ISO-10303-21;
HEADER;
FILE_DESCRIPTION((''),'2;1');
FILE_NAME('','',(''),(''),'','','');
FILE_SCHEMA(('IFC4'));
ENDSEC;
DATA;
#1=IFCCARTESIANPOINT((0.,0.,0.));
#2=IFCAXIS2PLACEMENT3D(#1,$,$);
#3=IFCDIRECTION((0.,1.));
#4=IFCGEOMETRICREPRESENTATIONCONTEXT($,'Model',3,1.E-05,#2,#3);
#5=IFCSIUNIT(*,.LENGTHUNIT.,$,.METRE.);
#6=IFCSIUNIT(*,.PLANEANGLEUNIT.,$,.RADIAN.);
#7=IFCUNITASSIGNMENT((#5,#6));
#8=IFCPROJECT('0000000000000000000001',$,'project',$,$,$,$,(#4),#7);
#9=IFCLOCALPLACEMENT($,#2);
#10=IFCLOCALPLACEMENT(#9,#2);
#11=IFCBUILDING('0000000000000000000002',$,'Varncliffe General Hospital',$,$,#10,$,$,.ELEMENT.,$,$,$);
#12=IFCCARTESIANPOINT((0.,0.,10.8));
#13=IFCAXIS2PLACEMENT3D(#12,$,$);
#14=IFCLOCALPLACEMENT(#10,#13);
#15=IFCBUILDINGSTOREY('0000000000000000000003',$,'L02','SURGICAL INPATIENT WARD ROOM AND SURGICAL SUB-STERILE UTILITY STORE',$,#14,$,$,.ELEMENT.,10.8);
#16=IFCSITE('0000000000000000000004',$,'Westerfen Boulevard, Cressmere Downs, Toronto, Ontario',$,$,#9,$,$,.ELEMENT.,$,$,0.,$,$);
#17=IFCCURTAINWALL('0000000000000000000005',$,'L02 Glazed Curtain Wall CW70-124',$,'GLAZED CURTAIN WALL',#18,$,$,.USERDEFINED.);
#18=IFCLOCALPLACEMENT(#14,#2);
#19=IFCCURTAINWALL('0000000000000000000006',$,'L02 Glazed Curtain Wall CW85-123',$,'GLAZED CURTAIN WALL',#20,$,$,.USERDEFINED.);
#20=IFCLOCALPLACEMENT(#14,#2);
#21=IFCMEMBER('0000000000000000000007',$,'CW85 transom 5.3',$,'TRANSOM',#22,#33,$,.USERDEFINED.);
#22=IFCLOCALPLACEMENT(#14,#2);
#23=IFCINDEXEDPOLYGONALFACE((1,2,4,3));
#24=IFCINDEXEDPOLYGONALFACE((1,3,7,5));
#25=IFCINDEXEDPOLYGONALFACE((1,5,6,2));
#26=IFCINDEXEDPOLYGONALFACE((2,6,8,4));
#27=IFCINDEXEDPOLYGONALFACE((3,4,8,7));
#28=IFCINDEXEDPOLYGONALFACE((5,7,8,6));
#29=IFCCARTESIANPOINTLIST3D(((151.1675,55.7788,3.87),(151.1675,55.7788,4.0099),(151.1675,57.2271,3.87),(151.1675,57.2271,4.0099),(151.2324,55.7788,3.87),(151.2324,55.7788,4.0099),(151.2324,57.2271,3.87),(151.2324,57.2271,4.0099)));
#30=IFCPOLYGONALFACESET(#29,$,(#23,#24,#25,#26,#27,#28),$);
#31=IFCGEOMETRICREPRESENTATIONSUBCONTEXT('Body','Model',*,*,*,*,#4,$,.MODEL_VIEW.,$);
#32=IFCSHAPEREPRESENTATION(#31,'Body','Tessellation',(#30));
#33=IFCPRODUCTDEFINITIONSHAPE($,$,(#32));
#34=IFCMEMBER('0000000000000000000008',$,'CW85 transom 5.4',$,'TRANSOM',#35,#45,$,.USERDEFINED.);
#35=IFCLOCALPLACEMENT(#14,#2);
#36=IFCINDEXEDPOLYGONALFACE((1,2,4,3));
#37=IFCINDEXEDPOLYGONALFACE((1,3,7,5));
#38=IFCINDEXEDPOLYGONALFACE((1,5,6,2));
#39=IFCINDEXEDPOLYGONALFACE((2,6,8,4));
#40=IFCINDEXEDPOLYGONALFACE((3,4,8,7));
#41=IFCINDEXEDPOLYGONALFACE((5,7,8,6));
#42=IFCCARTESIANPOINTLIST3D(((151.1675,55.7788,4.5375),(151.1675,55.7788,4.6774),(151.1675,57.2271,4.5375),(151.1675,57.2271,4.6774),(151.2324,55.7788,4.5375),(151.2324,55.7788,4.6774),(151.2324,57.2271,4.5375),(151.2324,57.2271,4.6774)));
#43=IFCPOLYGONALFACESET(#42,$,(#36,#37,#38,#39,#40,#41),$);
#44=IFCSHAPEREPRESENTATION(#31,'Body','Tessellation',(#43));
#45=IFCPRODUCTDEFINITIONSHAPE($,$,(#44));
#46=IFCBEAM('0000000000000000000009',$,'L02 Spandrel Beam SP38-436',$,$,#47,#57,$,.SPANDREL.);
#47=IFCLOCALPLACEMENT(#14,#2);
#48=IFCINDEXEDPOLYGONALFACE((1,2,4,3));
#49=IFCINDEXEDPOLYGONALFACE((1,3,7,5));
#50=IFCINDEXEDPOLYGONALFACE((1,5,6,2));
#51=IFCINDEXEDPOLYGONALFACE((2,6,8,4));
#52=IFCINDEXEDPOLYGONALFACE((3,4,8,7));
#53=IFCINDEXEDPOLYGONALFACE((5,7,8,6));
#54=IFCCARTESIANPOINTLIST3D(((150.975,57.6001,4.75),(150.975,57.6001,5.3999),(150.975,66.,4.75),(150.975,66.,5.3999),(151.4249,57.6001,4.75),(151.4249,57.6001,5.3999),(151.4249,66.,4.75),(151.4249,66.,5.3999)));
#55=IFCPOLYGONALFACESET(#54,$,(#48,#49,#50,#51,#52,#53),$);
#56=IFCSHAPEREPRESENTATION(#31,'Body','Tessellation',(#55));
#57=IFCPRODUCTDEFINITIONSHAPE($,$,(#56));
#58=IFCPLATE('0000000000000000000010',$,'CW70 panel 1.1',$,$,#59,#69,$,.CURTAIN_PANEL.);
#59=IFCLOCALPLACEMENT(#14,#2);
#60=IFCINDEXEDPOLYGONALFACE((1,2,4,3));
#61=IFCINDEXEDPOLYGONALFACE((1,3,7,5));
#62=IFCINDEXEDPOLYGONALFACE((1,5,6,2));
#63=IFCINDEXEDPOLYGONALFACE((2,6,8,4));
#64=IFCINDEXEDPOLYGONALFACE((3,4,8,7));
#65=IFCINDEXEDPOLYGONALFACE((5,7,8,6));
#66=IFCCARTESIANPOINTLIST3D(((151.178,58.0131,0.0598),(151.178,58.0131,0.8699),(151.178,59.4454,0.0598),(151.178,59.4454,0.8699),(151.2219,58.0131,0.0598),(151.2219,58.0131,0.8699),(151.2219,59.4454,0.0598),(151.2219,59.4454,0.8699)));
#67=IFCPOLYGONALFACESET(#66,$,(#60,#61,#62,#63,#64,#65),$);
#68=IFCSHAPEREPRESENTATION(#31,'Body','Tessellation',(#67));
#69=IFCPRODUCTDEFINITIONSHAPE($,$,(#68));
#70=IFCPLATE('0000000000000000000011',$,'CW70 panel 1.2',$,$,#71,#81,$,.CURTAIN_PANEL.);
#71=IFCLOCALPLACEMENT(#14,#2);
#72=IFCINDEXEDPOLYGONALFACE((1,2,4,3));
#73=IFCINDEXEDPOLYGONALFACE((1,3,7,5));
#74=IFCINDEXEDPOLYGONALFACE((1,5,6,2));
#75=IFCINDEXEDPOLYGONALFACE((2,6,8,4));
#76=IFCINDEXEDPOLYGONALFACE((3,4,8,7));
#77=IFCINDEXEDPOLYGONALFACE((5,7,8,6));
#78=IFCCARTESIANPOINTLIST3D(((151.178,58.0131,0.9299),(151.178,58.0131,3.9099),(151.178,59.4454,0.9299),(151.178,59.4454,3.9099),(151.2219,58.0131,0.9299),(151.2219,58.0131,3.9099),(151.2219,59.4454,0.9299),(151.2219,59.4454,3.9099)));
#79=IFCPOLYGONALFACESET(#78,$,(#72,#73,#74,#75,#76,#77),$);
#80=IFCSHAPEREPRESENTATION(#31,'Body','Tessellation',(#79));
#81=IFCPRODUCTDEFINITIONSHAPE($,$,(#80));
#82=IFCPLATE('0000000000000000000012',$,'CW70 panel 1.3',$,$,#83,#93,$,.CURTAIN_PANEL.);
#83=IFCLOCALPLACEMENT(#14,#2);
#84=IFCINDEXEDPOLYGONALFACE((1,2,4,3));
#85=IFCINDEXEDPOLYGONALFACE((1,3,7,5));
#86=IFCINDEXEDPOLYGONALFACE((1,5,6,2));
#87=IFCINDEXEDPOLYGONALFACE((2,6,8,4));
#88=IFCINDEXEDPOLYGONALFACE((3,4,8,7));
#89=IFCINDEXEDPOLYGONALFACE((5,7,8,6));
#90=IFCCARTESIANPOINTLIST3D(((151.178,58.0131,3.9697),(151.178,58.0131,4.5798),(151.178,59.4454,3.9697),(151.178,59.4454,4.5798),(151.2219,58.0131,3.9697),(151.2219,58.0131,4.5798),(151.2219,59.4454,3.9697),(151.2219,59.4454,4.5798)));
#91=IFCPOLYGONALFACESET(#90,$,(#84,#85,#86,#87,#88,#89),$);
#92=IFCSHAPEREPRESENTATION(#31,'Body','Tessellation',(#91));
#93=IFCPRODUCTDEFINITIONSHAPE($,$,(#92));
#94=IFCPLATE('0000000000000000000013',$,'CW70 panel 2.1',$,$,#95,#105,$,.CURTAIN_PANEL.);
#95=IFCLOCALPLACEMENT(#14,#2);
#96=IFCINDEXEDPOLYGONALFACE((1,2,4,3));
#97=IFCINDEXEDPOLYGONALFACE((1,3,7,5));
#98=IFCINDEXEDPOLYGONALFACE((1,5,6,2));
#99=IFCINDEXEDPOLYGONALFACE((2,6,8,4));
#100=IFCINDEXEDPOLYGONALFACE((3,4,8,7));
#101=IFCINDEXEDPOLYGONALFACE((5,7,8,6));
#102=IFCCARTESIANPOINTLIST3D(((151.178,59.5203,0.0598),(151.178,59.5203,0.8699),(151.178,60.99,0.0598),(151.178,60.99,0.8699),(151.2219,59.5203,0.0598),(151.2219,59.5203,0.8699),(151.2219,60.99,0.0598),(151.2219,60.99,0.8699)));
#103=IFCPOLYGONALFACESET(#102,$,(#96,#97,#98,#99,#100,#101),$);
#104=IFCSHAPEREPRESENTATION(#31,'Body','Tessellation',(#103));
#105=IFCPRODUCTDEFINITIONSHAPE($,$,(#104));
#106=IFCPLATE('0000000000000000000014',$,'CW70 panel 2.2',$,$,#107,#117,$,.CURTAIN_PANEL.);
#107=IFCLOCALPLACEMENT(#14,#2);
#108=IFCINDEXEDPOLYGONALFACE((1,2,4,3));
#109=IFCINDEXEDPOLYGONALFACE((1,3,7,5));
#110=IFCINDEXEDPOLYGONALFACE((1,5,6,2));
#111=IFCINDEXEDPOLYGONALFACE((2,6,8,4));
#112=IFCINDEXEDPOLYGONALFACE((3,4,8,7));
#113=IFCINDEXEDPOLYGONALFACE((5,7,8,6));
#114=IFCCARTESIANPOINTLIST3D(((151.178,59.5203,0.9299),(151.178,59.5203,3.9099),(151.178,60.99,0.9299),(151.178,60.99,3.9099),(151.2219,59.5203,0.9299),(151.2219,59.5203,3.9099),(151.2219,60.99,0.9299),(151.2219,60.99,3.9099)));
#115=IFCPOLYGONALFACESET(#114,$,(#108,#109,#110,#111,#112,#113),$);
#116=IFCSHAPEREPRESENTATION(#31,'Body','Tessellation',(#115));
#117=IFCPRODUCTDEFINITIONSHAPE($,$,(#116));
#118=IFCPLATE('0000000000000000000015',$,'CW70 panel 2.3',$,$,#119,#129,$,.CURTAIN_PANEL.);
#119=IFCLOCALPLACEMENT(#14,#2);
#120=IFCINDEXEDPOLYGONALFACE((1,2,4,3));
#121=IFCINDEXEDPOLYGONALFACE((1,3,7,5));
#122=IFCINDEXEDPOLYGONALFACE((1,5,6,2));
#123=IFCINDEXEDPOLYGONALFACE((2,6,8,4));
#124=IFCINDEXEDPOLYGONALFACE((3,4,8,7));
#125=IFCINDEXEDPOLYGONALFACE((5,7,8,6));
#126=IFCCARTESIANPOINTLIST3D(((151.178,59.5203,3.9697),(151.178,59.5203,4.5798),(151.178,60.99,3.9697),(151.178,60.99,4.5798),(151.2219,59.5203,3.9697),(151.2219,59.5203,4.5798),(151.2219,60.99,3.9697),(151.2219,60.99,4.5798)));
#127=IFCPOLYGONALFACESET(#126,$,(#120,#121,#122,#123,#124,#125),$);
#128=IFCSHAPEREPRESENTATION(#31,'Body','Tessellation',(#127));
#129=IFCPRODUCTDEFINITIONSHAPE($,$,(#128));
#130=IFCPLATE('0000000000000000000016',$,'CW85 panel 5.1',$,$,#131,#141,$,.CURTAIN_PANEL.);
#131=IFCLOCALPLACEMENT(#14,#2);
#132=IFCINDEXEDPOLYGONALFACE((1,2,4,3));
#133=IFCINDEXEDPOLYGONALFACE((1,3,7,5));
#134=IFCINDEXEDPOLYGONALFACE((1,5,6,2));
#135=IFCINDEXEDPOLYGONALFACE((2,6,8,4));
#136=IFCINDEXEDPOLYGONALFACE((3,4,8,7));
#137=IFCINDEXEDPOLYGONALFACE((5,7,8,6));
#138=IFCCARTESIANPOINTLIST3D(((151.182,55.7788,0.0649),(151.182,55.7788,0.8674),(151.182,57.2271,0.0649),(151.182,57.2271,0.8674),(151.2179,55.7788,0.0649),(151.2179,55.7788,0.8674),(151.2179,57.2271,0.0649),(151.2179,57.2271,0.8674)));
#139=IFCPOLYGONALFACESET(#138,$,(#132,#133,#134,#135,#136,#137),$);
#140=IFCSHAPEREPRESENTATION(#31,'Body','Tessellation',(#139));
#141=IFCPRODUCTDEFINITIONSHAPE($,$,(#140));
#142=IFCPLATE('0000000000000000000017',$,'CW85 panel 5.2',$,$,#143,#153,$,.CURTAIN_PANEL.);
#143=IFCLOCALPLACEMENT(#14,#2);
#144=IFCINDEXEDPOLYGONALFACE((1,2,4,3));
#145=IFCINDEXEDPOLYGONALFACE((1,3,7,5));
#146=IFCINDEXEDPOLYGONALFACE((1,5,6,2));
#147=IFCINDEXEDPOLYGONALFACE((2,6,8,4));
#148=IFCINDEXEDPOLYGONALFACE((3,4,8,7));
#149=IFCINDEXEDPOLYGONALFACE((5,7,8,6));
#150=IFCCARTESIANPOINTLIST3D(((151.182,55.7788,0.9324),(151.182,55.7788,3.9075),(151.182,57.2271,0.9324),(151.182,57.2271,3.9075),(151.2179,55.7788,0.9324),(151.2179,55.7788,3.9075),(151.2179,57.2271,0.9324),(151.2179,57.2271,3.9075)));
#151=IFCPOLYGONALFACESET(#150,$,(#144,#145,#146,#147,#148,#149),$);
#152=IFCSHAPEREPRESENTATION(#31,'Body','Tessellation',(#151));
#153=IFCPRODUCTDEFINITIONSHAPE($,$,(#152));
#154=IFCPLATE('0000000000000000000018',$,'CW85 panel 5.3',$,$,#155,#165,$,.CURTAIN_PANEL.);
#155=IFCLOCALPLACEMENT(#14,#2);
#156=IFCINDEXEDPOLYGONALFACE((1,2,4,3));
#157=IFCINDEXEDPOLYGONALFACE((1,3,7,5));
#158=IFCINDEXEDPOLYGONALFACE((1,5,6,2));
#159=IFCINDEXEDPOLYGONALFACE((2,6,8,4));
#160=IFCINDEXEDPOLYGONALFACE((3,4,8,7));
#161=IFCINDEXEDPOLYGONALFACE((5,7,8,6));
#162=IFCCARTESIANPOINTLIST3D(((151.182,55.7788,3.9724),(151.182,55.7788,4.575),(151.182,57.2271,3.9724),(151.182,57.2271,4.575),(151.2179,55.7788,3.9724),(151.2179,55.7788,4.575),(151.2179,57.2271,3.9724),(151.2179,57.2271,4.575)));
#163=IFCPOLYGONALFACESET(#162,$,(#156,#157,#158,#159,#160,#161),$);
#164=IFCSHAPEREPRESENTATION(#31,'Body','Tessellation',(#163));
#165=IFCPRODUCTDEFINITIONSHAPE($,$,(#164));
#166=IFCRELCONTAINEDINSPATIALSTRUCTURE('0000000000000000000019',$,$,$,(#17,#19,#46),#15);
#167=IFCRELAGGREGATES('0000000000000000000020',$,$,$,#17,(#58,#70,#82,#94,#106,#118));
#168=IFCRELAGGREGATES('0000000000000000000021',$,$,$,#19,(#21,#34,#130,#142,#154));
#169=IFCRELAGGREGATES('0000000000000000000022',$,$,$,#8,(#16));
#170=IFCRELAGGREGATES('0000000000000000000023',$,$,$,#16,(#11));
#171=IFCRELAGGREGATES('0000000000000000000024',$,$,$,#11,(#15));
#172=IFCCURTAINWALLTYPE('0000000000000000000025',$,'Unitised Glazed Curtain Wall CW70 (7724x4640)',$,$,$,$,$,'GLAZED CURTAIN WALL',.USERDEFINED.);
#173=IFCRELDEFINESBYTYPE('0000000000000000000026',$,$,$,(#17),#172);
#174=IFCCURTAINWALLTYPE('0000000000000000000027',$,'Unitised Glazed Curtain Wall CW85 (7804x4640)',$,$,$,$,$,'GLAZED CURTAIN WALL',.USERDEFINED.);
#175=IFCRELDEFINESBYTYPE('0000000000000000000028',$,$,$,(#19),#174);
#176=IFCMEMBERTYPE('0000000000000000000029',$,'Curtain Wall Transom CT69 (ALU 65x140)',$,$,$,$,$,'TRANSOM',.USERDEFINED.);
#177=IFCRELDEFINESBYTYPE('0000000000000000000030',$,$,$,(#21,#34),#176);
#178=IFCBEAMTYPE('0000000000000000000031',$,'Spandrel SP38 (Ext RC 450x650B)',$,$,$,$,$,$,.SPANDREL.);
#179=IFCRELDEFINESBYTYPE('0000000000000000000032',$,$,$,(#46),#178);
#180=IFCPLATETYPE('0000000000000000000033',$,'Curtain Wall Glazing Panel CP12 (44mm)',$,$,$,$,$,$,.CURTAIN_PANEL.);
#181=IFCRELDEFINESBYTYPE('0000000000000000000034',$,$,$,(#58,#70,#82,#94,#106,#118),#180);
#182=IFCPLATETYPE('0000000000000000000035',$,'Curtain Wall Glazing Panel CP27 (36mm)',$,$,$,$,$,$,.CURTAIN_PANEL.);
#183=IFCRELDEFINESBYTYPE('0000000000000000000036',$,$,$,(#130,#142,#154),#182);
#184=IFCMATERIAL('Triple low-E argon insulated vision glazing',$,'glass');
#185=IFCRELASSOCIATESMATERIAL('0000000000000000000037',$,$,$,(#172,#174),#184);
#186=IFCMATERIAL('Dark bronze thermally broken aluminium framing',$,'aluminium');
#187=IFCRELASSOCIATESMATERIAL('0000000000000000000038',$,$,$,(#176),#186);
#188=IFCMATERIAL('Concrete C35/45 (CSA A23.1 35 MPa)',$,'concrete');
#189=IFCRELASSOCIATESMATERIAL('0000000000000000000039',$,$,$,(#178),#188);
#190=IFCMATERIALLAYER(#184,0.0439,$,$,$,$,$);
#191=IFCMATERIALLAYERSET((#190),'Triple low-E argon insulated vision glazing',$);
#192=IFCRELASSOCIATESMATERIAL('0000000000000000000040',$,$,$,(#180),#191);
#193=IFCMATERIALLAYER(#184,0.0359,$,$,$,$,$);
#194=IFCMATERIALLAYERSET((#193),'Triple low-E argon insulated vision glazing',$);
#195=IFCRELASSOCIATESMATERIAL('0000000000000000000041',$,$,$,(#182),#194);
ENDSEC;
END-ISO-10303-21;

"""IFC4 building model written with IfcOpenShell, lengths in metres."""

from ifc_helpers import new_model, si_unit, direction, frame, origin, origin_2d, place, context, subcontext, project, spatial, rectangle, extrude, material, layer, layer_set, material_profile, profile_set, type_object, element, aggregate, save


model = new_model("IFC4")

# Units and contexts
model_context = context("Model", 3, precision=1e-05, world=origin(), true_north=direction((0.0, 1.0)))
body_context = subcontext(model_context, "Body", "Model", "MODEL_VIEW")
ifc_project = project(units=[si_unit("LENGTHUNIT", "METRE"), si_unit("PLANEANGLEUNIT", "RADIAN")], contexts=[model_context])

# Site, building, storey
site_placement = place(None, origin())
site = spatial("IfcSite", under=ifc_project, at=site_placement, Name="Westerfen Boulevard, Cressmere Downs, Toronto, Ontario", CompositionType="ELEMENT", RefElevation=0.0)
building_placement = place(site_placement, origin())
building = spatial("IfcBuilding", under=site, at=building_placement, Name="Varncliffe General Hospital", CompositionType="ELEMENT")
storey_placement = place(building_placement, frame((0.0, 0.0, 10.8)))
storey = spatial("IfcBuildingStorey", under=building, at=storey_placement, Name="L02", Description="SURGICAL INPATIENT WARD ROOM AND SURGICAL SUB-STERILE UTILITY STORE", CompositionType="ELEMENT", Elevation=10.8)

# Shared definitions
ifc_material_1 = material(Name="Concrete C35/45 (CSA A23.1 35 MPa)", Category="concrete")

# Curtain wall
ifc_material_2 = material(Name="Triple low-E argon insulated vision glazing", Category="glass")
curtain_wall_type_1 = type_object("IfcCurtainWallType", Name="Unitised Glazed Curtain Wall CW70 (7724x4640)", ElementType="GLAZED CURTAIN WALL", PredefinedType="USERDEFINED", material=ifc_material_2)
curtain_wall_1_placement = place(storey_placement, origin())
curtain_wall_1 = element("IfcCurtainWall", 1, at=curtain_wall_1_placement, inside=storey, type_object=curtain_wall_type_1, Name="L02 Glazed Curtain Wall CW70-124", ObjectType="GLAZED CURTAIN WALL", PredefinedType="USERDEFINED")
ifc_material_3 = material(Name="Dark bronze thermally broken aluminium framing", Category="aluminium")

# Curtain wall
curtain_wall_type_2 = type_object("IfcCurtainWallType", Name="Unitised Glazed Curtain Wall CW85 (7804x4640)", ElementType="GLAZED CURTAIN WALL", PredefinedType="USERDEFINED", material=ifc_material_2)
curtain_wall_2_placement = place(storey_placement, origin())
curtain_wall_2 = element("IfcCurtainWall", 2, at=curtain_wall_2_placement, inside=storey, type_object=curtain_wall_type_2, Name="L02 Glazed Curtain Wall CW85-123", ObjectType="GLAZED CURTAIN WALL", PredefinedType="USERDEFINED")

# Members
ifc_material_profile_1 = material_profile(ifc_material_3, rectangle(XDim=0.0649, YDim=0.1399, at=origin_2d()), Name="ALU 65x140")
ifc_profile_set_1 = profile_set([ifc_material_profile_1], Name="Dark bronze thermally broken aluminium framing")
member_type_1 = type_object("IfcMemberType", Name="Curtain Wall Transom CT69 (ALU 65x140)", ElementType="TRANSOM", PredefinedType="USERDEFINED", material=ifc_profile_set_1)
member_1_placement = place(storey_placement, frame((151.2, 55.7788, 3.9399), z_axis=(0.0, 1.0, 0.0), x_axis=(-1.0, 0.0, 0.0)))
member_1 = element("IfcMember", 3, at=member_1_placement, type_object=member_type_1, Name="CW85 transom 5.3", ObjectType="TRANSOM", PredefinedType="USERDEFINED", context=body_context, shape_type="SweptSolid", body=[
    extrude(rectangle(XDim=0.0649, YDim=0.1399, at=origin_2d()), origin(), (0.0, 0.0, 1.0), 1.4482),
])
member_2_placement = place(storey_placement, frame((151.2, 55.7788, 4.6074), z_axis=(0.0, 1.0, 0.0), x_axis=(-1.0, 0.0, 0.0)))
member_2 = element("IfcMember", 4, at=member_2_placement, type_object=member_type_1, Name="CW85 transom 5.4", ObjectType="TRANSOM", PredefinedType="USERDEFINED", context=body_context, shape_type="SweptSolid", body=[
    extrude(rectangle(XDim=0.0649, YDim=0.1399, at=origin_2d()), origin(), (0.0, 0.0, 1.0), 1.4482),
])

# Beam
ifc_material_profile_2 = material_profile(ifc_material_1, rectangle(XDim=0.45, YDim=0.6499, at=origin_2d()), Name="RC 450x650")
ifc_profile_set_2 = profile_set([ifc_material_profile_2], Name="Concrete C35/45 (CSA A23.1 35 MPa)")
beam_type_1 = type_object("IfcBeamType", Name="Spandrel SP38 (Ext RC 450x650B)", PredefinedType="SPANDREL", material=ifc_profile_set_2)
beam_1_placement = place(storey_placement, frame((151.2, 57.6001, 5.075), z_axis=(0.0, 1.0, 0.0), x_axis=(-1.0, 0.0, 0.0)))
element("IfcBeam", 5, at=beam_1_placement, inside=storey, type_object=beam_type_1, Name="L02 Spandrel Beam SP38-436", PredefinedType="SPANDREL", context=body_context, shape_type="SweptSolid", body=[
    extrude(rectangle(XDim=0.45, YDim=0.6499, at=origin_2d()), origin(), (0.0, 0.0, 1.0), 8.3999),
])

# Plates
ifc_layer_1 = layer(ifc_material_2, 0.0439)
ifc_layer_set_1 = layer_set([ifc_layer_1], Name="Triple low-E argon insulated vision glazing")
plate_type_1 = type_object("IfcPlateType", Name="Curtain Wall Glazing Panel CP12 (44mm)", PredefinedType="CURTAIN_PANEL", material=ifc_layer_set_1)
plate_1_placement = place(storey_placement, frame((151.2, 58.7292, 0.0598), z_axis=(0.0, 0.0, 1.0), x_axis=(0.0, 1.0, 0.0)))
plate_1 = element("IfcPlate", 6, at=plate_1_placement, type_object=plate_type_1, Name="CW70 panel 1.1", PredefinedType="CURTAIN_PANEL", context=body_context, shape_type="SweptSolid", body=[
    extrude(rectangle(XDim=1.4324, YDim=0.0439, at=origin_2d()), origin(), (0.0, 0.0, 1.0), 0.8101),
])
plate_2_placement = place(storey_placement, frame((151.2, 58.7292, 0.9299), z_axis=(0.0, 0.0, 1.0), x_axis=(0.0, 1.0, 0.0)))
plate_2 = element("IfcPlate", 7, at=plate_2_placement, type_object=plate_type_1, Name="CW70 panel 1.2", PredefinedType="CURTAIN_PANEL", context=body_context, shape_type="SweptSolid", body=[
    extrude(rectangle(XDim=1.4324, YDim=0.0439, at=origin_2d()), origin(), (0.0, 0.0, 1.0), 2.98),
])
plate_3_placement = place(storey_placement, frame((151.2, 58.7292, 3.9697), z_axis=(0.0, 0.0, 1.0), x_axis=(0.0, 1.0, 0.0)))
plate_3 = element("IfcPlate", 8, at=plate_3_placement, type_object=plate_type_1, Name="CW70 panel 1.3", PredefinedType="CURTAIN_PANEL", context=body_context, shape_type="SweptSolid", body=[
    extrude(rectangle(XDim=1.4324, YDim=0.0439, at=origin_2d()), origin(), (0.0, 0.0, 1.0), 0.6101),
])
plate_4_placement = place(storey_placement, frame((151.2, 60.2551, 0.0598), z_axis=(0.0, 0.0, 1.0), x_axis=(0.0, 1.0, 0.0)))
plate_4 = element("IfcPlate", 9, at=plate_4_placement, type_object=plate_type_1, Name="CW70 panel 2.1", PredefinedType="CURTAIN_PANEL", context=body_context, shape_type="SweptSolid", body=[
    extrude(rectangle(XDim=1.4697, YDim=0.0439, at=origin_2d()), origin(), (0.0, 0.0, 1.0), 0.8101),
])
plate_5_placement = place(storey_placement, frame((151.2, 60.2551, 0.9299), z_axis=(0.0, 0.0, 1.0), x_axis=(0.0, 1.0, 0.0)))
plate_5 = element("IfcPlate", 10, at=plate_5_placement, type_object=plate_type_1, Name="CW70 panel 2.2", PredefinedType="CURTAIN_PANEL", context=body_context, shape_type="SweptSolid", body=[
    extrude(rectangle(XDim=1.4697, YDim=0.0439, at=origin_2d()), origin(), (0.0, 0.0, 1.0), 2.98),
])
plate_6_placement = place(storey_placement, frame((151.2, 60.2551, 3.9697), z_axis=(0.0, 0.0, 1.0), x_axis=(0.0, 1.0, 0.0)))
plate_6 = element("IfcPlate", 11, at=plate_6_placement, type_object=plate_type_1, Name="CW70 panel 2.3", PredefinedType="CURTAIN_PANEL", context=body_context, shape_type="SweptSolid", body=[
    extrude(rectangle(XDim=1.4697, YDim=0.0439, at=origin_2d()), origin(), (0.0, 0.0, 1.0), 0.6101),
])
aggregate(curtain_wall_1, [plate_1, plate_2, plate_3, plate_4, plate_5, plate_6])
ifc_layer_2 = layer(ifc_material_2, 0.0359)
ifc_layer_set_2 = layer_set([ifc_layer_2], Name="Triple low-E argon insulated vision glazing")
plate_type_2 = type_object("IfcPlateType", Name="Curtain Wall Glazing Panel CP27 (36mm)", PredefinedType="CURTAIN_PANEL", material=ifc_layer_set_2)
plate_7_placement = place(storey_placement, frame((151.2, 56.5029, 0.0649), z_axis=(0.0, 0.0, 1.0), x_axis=(0.0, 1.0, 0.0)))
plate_7 = element("IfcPlate", 12, at=plate_7_placement, type_object=plate_type_2, Name="CW85 panel 5.1", PredefinedType="CURTAIN_PANEL", context=body_context, shape_type="SweptSolid", body=[
    extrude(rectangle(XDim=1.4482, YDim=0.0359, at=origin_2d()), origin(), (0.0, 0.0, 1.0), 0.8025),
])
plate_8_placement = place(storey_placement, frame((151.2, 56.5029, 0.9324), z_axis=(0.0, 0.0, 1.0), x_axis=(0.0, 1.0, 0.0)))
plate_8 = element("IfcPlate", 13, at=plate_8_placement, type_object=plate_type_2, Name="CW85 panel 5.2", PredefinedType="CURTAIN_PANEL", context=body_context, shape_type="SweptSolid", body=[
    extrude(rectangle(XDim=1.4482, YDim=0.0359, at=origin_2d()), origin(), (0.0, 0.0, 1.0), 2.9751),
])
plate_9_placement = place(storey_placement, frame((151.2, 56.5029, 3.9724), z_axis=(0.0, 0.0, 1.0), x_axis=(0.0, 1.0, 0.0)))
plate_9 = element("IfcPlate", 14, at=plate_9_placement, type_object=plate_type_2, Name="CW85 panel 5.3", PredefinedType="CURTAIN_PANEL", context=body_context, shape_type="SweptSolid", body=[
    extrude(rectangle(XDim=1.4482, YDim=0.0359, at=origin_2d()), origin(), (0.0, 0.0, 1.0), 0.6025),
])
aggregate(curtain_wall_2, [member_1, member_2, plate_7, plate_8, plate_9])

save(model, "model.ifc")
